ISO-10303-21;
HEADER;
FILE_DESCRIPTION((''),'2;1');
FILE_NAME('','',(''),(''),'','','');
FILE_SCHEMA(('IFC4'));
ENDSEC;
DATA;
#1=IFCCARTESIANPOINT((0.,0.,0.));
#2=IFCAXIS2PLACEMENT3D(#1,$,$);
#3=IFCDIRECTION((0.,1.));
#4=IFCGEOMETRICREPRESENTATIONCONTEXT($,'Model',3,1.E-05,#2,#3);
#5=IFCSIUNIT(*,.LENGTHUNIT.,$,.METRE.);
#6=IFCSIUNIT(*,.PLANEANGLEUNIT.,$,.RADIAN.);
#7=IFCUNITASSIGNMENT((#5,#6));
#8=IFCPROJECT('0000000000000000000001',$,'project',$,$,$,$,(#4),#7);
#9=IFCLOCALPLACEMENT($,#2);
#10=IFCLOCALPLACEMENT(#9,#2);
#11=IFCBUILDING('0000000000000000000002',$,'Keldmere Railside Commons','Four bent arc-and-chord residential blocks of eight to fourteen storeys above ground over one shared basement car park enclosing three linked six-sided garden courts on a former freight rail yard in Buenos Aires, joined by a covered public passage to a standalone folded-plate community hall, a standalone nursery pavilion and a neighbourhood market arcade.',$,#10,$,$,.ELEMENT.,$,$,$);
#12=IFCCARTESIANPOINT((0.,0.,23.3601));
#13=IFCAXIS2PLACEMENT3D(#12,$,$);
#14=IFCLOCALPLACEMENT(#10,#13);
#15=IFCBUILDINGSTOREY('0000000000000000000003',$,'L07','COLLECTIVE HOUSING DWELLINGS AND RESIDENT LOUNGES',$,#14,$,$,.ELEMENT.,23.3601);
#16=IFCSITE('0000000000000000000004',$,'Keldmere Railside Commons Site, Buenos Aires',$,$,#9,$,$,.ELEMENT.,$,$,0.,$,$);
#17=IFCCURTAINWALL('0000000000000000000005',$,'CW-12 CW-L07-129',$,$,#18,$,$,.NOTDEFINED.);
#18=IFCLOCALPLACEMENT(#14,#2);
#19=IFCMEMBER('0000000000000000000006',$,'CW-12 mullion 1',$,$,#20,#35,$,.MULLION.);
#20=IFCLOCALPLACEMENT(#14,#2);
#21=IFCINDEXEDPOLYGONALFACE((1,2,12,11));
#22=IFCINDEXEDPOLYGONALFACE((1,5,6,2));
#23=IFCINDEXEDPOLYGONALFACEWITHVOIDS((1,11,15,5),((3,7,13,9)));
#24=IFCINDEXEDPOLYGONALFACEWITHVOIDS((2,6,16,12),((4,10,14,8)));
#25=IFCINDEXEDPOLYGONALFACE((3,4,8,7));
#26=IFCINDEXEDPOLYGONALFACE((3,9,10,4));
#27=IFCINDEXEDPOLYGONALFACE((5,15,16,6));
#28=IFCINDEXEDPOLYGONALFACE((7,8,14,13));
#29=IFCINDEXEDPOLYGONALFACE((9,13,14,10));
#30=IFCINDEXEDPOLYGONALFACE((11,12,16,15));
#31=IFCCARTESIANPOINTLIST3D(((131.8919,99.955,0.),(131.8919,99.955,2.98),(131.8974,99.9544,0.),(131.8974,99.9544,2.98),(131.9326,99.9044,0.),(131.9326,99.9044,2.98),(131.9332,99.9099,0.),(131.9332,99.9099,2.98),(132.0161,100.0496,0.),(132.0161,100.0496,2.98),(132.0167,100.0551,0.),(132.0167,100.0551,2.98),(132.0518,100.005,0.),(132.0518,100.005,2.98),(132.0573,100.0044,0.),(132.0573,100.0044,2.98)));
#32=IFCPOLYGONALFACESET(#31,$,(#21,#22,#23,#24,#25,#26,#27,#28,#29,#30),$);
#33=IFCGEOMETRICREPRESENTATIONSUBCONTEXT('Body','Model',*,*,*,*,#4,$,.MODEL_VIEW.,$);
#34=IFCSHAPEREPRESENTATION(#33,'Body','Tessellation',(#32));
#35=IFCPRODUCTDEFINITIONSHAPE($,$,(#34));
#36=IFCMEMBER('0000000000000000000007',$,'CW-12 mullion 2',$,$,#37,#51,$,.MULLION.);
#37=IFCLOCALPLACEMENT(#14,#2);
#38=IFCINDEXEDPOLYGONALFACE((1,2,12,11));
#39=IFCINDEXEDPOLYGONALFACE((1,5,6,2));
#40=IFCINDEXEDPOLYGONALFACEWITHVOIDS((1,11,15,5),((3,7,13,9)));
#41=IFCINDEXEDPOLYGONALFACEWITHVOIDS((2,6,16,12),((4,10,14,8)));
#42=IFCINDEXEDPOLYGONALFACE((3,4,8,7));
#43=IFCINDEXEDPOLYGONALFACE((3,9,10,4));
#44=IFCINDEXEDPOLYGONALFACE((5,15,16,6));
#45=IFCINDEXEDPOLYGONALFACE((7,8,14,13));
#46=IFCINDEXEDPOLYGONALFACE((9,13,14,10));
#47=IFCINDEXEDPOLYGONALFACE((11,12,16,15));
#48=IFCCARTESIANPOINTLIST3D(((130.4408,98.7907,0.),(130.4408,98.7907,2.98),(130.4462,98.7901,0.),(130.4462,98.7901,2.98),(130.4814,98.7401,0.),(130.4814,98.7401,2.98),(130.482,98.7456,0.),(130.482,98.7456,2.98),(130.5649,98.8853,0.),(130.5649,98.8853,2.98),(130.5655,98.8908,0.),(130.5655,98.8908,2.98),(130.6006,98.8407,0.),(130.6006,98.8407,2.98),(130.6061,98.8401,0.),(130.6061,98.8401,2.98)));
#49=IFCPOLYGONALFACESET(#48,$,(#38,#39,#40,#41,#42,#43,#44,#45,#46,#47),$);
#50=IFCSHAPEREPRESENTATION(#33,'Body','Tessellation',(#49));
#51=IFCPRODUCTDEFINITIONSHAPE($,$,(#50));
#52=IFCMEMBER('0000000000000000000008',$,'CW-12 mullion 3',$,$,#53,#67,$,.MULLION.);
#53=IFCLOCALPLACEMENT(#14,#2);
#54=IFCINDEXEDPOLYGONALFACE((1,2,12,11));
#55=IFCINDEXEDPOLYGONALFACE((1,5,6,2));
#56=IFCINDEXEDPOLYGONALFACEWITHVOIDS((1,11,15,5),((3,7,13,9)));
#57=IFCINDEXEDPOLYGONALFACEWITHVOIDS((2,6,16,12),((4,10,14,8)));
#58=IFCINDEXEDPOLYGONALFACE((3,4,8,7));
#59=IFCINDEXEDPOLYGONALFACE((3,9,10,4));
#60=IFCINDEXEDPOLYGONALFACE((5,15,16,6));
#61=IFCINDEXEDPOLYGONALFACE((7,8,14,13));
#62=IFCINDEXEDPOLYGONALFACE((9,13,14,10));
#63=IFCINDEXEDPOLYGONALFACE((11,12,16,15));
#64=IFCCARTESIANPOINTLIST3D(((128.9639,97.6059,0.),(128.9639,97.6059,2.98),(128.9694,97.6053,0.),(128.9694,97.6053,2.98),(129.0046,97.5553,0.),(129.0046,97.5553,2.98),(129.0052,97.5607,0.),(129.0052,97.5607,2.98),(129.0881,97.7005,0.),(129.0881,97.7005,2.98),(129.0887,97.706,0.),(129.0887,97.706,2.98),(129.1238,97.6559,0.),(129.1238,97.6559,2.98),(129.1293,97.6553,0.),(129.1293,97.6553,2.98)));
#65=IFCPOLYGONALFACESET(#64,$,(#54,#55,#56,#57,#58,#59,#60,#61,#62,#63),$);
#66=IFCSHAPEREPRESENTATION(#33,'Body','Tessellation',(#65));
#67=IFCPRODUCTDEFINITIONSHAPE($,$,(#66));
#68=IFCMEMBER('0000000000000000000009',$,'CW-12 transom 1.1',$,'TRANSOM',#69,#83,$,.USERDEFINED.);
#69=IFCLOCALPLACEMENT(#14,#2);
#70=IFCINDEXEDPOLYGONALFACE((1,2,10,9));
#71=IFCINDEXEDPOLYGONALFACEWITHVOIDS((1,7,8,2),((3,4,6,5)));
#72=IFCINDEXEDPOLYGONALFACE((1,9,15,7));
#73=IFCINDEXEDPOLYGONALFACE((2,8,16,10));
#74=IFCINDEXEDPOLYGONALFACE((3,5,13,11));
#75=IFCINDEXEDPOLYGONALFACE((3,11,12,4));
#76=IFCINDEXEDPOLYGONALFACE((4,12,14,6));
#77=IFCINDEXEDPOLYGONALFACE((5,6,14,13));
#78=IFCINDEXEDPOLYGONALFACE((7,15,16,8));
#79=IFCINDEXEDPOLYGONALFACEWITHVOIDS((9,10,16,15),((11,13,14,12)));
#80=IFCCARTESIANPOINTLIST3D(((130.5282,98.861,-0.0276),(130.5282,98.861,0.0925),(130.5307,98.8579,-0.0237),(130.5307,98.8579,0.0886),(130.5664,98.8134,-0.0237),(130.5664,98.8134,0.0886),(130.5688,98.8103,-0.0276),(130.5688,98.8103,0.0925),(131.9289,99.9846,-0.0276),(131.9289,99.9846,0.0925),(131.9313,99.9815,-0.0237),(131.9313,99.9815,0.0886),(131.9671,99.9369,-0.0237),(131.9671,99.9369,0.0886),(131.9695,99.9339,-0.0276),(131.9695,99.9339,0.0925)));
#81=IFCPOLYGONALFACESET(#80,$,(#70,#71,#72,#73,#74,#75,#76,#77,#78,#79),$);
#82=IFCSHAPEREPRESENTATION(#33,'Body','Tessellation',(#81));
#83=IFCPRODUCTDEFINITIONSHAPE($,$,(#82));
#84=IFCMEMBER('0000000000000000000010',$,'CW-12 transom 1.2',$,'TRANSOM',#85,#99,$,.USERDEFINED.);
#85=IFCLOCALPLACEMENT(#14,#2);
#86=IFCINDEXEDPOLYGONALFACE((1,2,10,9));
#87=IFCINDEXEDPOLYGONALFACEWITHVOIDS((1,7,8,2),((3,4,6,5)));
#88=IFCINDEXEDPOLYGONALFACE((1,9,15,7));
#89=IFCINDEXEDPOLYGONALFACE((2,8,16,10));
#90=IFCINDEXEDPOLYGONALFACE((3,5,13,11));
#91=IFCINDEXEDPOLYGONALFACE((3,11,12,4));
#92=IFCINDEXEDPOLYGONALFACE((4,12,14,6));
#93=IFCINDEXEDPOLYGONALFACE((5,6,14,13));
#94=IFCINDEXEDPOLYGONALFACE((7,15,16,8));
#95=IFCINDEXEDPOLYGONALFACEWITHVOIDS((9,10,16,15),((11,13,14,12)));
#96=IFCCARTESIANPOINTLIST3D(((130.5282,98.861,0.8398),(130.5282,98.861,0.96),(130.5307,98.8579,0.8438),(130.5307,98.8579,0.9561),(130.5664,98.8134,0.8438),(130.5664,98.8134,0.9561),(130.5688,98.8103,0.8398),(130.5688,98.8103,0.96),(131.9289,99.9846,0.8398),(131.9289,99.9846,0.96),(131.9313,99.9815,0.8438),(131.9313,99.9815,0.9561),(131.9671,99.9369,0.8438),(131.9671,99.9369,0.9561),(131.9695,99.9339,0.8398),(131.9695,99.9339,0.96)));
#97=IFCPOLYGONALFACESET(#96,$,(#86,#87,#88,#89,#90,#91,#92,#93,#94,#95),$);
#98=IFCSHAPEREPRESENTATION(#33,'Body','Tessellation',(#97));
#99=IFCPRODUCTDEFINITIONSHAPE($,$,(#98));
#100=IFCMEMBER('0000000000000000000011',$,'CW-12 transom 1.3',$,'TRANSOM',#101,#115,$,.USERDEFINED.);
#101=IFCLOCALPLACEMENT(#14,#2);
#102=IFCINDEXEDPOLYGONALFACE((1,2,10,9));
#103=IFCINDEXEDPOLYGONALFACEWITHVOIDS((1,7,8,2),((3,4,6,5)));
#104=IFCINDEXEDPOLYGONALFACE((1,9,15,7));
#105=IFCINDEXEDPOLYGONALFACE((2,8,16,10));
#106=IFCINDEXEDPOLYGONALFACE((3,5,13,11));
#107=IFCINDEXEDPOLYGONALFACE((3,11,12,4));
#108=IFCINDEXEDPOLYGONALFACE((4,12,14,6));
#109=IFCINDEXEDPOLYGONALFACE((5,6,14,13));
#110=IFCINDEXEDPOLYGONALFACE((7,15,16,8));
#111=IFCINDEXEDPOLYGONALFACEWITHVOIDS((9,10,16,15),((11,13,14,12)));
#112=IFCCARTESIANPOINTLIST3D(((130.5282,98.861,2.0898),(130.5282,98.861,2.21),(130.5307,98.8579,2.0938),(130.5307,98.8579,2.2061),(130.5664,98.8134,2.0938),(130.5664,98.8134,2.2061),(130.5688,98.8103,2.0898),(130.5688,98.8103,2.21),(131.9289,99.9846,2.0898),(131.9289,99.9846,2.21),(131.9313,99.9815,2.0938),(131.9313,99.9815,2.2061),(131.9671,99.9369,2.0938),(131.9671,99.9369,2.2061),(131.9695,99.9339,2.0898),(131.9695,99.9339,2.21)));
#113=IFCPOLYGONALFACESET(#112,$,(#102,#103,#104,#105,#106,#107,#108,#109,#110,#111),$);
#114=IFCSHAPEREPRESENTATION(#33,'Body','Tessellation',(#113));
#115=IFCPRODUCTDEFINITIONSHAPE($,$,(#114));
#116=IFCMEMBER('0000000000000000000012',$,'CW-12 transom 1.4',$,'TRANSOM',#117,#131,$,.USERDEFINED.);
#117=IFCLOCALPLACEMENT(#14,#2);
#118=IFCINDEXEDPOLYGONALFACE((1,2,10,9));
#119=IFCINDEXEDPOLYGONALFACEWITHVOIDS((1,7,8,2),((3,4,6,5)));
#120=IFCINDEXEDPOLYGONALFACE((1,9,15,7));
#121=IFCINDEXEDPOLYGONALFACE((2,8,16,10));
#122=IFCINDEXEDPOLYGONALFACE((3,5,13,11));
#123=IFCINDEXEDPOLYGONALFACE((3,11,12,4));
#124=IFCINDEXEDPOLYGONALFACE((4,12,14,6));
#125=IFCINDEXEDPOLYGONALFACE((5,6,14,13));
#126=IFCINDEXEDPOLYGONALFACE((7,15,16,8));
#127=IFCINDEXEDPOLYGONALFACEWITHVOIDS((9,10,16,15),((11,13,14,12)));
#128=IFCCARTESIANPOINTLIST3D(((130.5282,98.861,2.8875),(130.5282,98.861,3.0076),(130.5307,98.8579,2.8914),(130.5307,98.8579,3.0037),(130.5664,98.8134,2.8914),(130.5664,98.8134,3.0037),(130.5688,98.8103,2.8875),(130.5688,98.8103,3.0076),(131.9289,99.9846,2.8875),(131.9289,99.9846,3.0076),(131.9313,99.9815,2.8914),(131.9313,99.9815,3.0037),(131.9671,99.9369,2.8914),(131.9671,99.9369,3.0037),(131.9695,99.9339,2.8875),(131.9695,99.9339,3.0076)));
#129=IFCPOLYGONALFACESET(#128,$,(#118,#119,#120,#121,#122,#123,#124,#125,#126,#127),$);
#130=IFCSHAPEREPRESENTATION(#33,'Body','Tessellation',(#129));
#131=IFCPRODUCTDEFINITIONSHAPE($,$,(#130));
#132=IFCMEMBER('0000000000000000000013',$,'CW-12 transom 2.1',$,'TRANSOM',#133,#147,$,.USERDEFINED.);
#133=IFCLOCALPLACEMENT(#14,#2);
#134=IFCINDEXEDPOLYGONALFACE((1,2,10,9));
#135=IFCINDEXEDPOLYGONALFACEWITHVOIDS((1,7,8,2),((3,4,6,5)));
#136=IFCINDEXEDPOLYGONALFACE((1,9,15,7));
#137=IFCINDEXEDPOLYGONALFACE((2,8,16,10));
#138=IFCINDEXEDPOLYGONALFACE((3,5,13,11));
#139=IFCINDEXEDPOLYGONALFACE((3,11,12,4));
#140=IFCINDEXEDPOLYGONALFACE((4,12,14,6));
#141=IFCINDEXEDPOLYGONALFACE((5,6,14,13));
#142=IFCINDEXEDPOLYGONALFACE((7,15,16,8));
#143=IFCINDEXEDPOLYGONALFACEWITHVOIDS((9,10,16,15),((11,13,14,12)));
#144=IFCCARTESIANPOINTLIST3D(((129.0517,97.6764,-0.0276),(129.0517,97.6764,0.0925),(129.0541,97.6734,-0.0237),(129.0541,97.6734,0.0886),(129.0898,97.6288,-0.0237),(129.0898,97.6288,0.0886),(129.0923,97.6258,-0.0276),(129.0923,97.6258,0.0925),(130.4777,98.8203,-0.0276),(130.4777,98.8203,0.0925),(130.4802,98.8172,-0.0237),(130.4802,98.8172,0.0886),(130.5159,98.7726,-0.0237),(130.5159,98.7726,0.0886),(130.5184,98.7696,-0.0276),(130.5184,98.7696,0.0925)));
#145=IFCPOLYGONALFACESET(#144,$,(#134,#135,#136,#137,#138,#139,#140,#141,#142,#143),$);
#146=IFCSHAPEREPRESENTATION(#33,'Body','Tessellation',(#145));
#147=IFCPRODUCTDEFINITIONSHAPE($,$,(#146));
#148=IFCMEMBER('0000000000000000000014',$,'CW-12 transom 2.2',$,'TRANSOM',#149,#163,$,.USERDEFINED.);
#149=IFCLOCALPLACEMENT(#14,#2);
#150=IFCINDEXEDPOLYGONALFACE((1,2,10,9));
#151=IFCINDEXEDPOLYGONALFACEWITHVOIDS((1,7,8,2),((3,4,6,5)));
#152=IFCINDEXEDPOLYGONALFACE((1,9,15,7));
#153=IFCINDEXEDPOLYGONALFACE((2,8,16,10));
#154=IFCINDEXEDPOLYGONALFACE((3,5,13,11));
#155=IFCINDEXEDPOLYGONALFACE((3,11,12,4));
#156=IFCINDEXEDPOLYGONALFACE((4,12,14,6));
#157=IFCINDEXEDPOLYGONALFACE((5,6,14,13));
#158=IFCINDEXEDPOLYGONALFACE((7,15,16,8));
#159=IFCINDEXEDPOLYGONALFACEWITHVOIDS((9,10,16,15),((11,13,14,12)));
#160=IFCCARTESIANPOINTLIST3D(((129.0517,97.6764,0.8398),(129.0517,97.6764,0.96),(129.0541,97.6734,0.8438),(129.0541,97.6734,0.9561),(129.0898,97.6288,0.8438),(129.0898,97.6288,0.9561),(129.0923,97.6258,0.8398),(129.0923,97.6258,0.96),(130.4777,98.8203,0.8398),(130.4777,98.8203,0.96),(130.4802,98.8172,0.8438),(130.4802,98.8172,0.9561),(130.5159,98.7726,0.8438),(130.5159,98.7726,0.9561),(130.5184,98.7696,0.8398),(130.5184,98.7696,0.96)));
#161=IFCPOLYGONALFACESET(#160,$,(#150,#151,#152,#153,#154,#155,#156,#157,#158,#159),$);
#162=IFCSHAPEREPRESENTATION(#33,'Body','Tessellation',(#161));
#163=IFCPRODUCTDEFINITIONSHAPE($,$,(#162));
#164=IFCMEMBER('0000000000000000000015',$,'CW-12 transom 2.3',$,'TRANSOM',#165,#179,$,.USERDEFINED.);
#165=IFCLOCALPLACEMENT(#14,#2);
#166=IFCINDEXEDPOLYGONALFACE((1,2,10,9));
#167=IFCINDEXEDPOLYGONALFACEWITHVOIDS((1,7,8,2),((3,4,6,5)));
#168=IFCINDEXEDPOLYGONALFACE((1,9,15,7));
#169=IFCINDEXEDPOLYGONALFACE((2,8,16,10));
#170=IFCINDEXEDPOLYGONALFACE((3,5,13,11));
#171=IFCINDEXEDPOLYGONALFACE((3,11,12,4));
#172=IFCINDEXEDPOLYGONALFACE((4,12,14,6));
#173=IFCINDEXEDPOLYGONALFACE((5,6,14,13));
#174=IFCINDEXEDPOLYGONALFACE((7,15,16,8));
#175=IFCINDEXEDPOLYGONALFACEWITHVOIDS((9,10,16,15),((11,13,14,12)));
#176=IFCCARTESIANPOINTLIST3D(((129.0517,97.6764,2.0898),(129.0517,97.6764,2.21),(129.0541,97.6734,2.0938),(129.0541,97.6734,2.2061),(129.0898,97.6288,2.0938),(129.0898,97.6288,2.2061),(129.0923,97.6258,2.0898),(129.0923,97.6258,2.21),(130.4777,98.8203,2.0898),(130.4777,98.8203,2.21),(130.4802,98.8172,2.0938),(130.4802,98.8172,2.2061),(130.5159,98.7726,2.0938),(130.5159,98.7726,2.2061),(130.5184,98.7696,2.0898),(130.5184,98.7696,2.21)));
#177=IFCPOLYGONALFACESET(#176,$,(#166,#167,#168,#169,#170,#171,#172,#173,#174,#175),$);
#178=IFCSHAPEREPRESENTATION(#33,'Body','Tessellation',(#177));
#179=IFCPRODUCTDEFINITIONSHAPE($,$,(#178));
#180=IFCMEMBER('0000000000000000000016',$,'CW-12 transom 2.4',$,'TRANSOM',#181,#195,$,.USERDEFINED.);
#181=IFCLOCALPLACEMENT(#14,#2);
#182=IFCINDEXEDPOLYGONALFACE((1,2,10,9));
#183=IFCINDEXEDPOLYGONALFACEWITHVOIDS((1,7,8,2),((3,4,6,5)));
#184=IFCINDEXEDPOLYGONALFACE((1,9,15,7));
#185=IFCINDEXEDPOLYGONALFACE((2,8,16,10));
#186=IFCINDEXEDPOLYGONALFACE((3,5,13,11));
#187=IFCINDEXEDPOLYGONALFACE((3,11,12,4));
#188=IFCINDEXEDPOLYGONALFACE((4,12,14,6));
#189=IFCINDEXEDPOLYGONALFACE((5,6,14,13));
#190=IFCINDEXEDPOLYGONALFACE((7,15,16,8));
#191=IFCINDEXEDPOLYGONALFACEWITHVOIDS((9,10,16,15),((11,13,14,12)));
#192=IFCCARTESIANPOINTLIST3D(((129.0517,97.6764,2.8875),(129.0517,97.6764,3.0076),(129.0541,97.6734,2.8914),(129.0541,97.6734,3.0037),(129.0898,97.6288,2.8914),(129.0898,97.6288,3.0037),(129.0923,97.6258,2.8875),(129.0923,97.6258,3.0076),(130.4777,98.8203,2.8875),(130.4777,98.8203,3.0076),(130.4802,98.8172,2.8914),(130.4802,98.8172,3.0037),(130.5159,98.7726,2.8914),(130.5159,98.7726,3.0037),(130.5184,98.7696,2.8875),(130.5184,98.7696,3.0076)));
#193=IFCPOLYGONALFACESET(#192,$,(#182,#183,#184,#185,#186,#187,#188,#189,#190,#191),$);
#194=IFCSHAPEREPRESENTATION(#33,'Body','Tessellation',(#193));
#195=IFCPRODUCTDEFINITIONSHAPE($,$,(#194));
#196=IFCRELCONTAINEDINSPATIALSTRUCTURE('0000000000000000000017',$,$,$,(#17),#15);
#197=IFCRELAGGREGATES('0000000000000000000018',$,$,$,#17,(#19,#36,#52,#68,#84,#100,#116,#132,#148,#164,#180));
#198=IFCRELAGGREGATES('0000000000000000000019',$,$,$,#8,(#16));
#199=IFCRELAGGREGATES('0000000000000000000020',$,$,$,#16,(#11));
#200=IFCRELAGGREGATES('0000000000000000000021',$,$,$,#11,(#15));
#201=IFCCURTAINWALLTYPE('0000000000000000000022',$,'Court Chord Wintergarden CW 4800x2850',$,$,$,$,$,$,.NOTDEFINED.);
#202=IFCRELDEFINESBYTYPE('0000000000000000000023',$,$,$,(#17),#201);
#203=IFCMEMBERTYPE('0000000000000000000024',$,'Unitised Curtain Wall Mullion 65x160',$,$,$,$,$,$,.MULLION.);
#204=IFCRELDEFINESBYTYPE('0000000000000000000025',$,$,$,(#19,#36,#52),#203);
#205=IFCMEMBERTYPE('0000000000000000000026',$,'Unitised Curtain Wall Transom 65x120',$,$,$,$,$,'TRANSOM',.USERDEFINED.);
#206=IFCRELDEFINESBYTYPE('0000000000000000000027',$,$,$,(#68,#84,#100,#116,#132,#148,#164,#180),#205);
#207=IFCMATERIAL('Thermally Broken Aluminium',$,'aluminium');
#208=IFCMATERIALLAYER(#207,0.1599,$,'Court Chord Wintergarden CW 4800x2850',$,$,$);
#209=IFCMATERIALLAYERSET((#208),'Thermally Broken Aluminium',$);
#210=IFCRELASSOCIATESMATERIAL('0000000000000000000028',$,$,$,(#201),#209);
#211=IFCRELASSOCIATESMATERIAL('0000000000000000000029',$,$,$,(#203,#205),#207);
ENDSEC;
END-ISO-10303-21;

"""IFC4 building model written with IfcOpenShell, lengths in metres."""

from ifc_helpers import new_model, si_unit, direction, frame, origin, origin_2d, place, context, subcontext, project, spatial, hollow_rectangle, extrude, material, layer, layer_set, material_profile, profile_set, type_object, element, aggregate, save


model = new_model("IFC4")

# Units and contexts
model_context = context("Model", 3, precision=1e-05, world=origin(), true_north=direction((0.0, 1.0)))
body_context = subcontext(model_context, "Body", "Model", "MODEL_VIEW")
ifc_project = project(units=[si_unit("LENGTHUNIT", "METRE"), si_unit("PLANEANGLEUNIT", "RADIAN")], contexts=[model_context])

# Site, building, storey
site_placement = place(None, origin())
site = spatial("IfcSite", under=ifc_project, at=site_placement, Name="Keldmere Railside Commons Site, Buenos Aires", CompositionType="ELEMENT", RefElevation=0.0)
building_placement = place(site_placement, origin())
building = spatial("IfcBuilding", under=site, at=building_placement, Name="Keldmere Railside Commons", Description="Four bent arc-and-chord residential blocks of eight to fourteen storeys above ground over one shared basement car park enclosing three linked six-sided garden courts on a former freight rail yard in Buenos Aires, joined by a covered public passage to a standalone folded-plate community hall, a standalone nursery pavilion and a neighbourhood market arcade.", CompositionType="ELEMENT")
storey_placement = place(building_placement, frame((0.0, 0.0, 23.3601)))
storey = spatial("IfcBuildingStorey", under=building, at=storey_placement, Name="L07", Description="COLLECTIVE HOUSING DWELLINGS AND RESIDENT LOUNGES", CompositionType="ELEMENT", Elevation=23.3601)

# Curtain wall, members
ifc_material_1 = material(Name="Thermally Broken Aluminium", Category="aluminium")
ifc_layer_1 = layer(ifc_material_1, 0.1599, Name="Court Chord Wintergarden CW 4800x2850")
ifc_layer_set_1 = layer_set([ifc_layer_1], Name="Thermally Broken Aluminium")
curtain_wall_type = type_object("IfcCurtainWallType", Name="Court Chord Wintergarden CW 4800x2850", PredefinedType="NOTDEFINED", material=ifc_layer_set_1)
curtain_wall_placement = place(storey_placement, origin())
curtain_wall = element("IfcCurtainWall", 1, at=curtain_wall_placement, inside=storey, type_object=curtain_wall_type, Name="CW-12 CW-L07-129", PredefinedType="NOTDEFINED")
ifc_material_profile_1 = material_profile(ifc_material_1, hollow_rectangle(XDim=0.0649, YDim=0.1599, WallThickness=0.0039, at=origin_2d()), Name="ALU-MULL-65x160")
ifc_profile_set_1 = profile_set([ifc_material_profile_1], Name="Thermally Broken Aluminium")
member_type_1 = type_object("IfcMemberType", Name="Unitised Curtain Wall Mullion 65x160", PredefinedType="MULLION", material=ifc_profile_set_1)
member_1_placement = place(storey_placement, frame((131.9746, 99.9797, 0.0), z_axis=(0.0, 0.0, 1.0), x_axis=(0.625768, -0.780009, 0.0)))
member_1 = element("IfcMember", 2, at=member_1_placement, type_object=member_type_1, Name="CW-12 mullion 1", PredefinedType="MULLION", context=body_context, shape_type="SweptSolid", body=[
    extrude(hollow_rectangle(XDim=0.0649, YDim=0.1599, WallThickness=0.0039, at=origin_2d()), origin(), (0.0, 0.0, 1.0), 2.98),
])
member_2_placement = place(storey_placement, frame((130.5234, 98.8154, 0.0), z_axis=(0.0, 0.0, 1.0), x_axis=(0.625768, -0.780009, 0.0)))
member_2 = element("IfcMember", 3, at=member_2_placement, type_object=member_type_1, Name="CW-12 mullion 2", PredefinedType="MULLION", context=body_context, shape_type="SweptSolid", body=[
    extrude(hollow_rectangle(XDim=0.0649, YDim=0.1599, WallThickness=0.0039, at=origin_2d()), origin(), (0.0, 0.0, 1.0), 2.98),
])
member_3_placement = place(storey_placement, frame((129.0466, 97.6306, 0.0), z_axis=(0.0, 0.0, 1.0), x_axis=(0.625768, -0.780009, 0.0)))
member_3 = element("IfcMember", 4, at=member_3_placement, type_object=member_type_1, Name="CW-12 mullion 3", PredefinedType="MULLION", context=body_context, shape_type="SweptSolid", body=[
    extrude(hollow_rectangle(XDim=0.0649, YDim=0.1599, WallThickness=0.0039, at=origin_2d()), origin(), (0.0, 0.0, 1.0), 2.98),
])
ifc_material_profile_2 = material_profile(ifc_material_1, hollow_rectangle(XDim=0.0649, YDim=0.1201, WallThickness=0.0039, at=origin_2d()), Name="ALU-TRAN-65x120")
ifc_profile_set_2 = profile_set([ifc_material_profile_2], Name="Thermally Broken Aluminium")
member_type_2 = type_object("IfcMemberType", Name="Unitised Curtain Wall Transom 65x120", ElementType="TRANSOM", PredefinedType="USERDEFINED", material=ifc_profile_set_2)
member_4_placement = place(storey_placement, frame((131.9492, 99.9592, 0.0325), z_axis=(-0.780046, -0.625723, 0.0), x_axis=(0.625723, -0.780046, 0.0)))
member_4 = element("IfcMember", 5, at=member_4_placement, type_object=member_type_2, Name="CW-12 transom 1.1", ObjectType="TRANSOM", PredefinedType="USERDEFINED", context=body_context, shape_type="SweptSolid", body=[
    extrude(hollow_rectangle(XDim=0.0649, YDim=0.1201, WallThickness=0.0039, at=origin_2d()), origin(), (0.0, 0.0, 1.0), 1.7957),
])
member_5_placement = place(storey_placement, frame((131.9492, 99.9592, 0.8999), z_axis=(-0.780046, -0.625723, 0.0), x_axis=(0.625723, -0.780046, 0.0)))
member_5 = element("IfcMember", 6, at=member_5_placement, type_object=member_type_2, Name="CW-12 transom 1.2", ObjectType="TRANSOM", PredefinedType="USERDEFINED", context=body_context, shape_type="SweptSolid", body=[
    extrude(hollow_rectangle(XDim=0.0649, YDim=0.1201, WallThickness=0.0039, at=origin_2d()), origin(), (0.0, 0.0, 1.0), 1.7957),
])
member_6_placement = place(storey_placement, frame((131.9492, 99.9592, 2.1499), z_axis=(-0.780046, -0.625723, 0.0), x_axis=(0.625723, -0.780046, 0.0)))
member_6 = element("IfcMember", 7, at=member_6_placement, type_object=member_type_2, Name="CW-12 transom 1.3", ObjectType="TRANSOM", PredefinedType="USERDEFINED", context=body_context, shape_type="SweptSolid", body=[
    extrude(hollow_rectangle(XDim=0.0649, YDim=0.1201, WallThickness=0.0039, at=origin_2d()), origin(), (0.0, 0.0, 1.0), 1.7957),
])
member_7_placement = place(storey_placement, frame((131.9492, 99.9592, 2.9475), z_axis=(-0.780046, -0.625723, 0.0), x_axis=(0.625723, -0.780046, 0.0)))
member_7 = element("IfcMember", 8, at=member_7_placement, type_object=member_type_2, Name="CW-12 transom 1.4", ObjectType="TRANSOM", PredefinedType="USERDEFINED", context=body_context, shape_type="SweptSolid", body=[
    extrude(hollow_rectangle(XDim=0.0649, YDim=0.1201, WallThickness=0.0039, at=origin_2d()), origin(), (0.0, 0.0, 1.0), 1.7957),
])
member_8_placement = place(storey_placement, frame((130.498, 98.7949, 0.0325), z_axis=(-0.780073, -0.625688, 0.0), x_axis=(0.625688, -0.780073, 0.0)))
member_8 = element("IfcMember", 9, at=member_8_placement, type_object=member_type_2, Name="CW-12 transom 2.1", ObjectType="TRANSOM", PredefinedType="USERDEFINED", context=body_context, shape_type="SweptSolid", body=[
    extrude(hollow_rectangle(XDim=0.0649, YDim=0.1201, WallThickness=0.0039, at=origin_2d()), origin(), (0.0, 0.0, 1.0), 1.8281),
])
member_9_placement = place(storey_placement, frame((130.498, 98.7949, 0.8999), z_axis=(-0.780073, -0.625688, 0.0), x_axis=(0.625688, -0.780073, 0.0)))
member_9 = element("IfcMember", 10, at=member_9_placement, type_object=member_type_2, Name="CW-12 transom 2.2", ObjectType="TRANSOM", PredefinedType="USERDEFINED", context=body_context, shape_type="SweptSolid", body=[
    extrude(hollow_rectangle(XDim=0.0649, YDim=0.1201, WallThickness=0.0039, at=origin_2d()), origin(), (0.0, 0.0, 1.0), 1.8281),
])
member_10_placement = place(storey_placement, frame((130.498, 98.7949, 2.1499), z_axis=(-0.780073, -0.625688, 0.0), x_axis=(0.625688, -0.780073, 0.0)))
member_10 = element("IfcMember", 11, at=member_10_placement, type_object=member_type_2, Name="CW-12 transom 2.3", ObjectType="TRANSOM", PredefinedType="USERDEFINED", context=body_context, shape_type="SweptSolid", body=[
    extrude(hollow_rectangle(XDim=0.0649, YDim=0.1201, WallThickness=0.0039, at=origin_2d()), origin(), (0.0, 0.0, 1.0), 1.8281),
])
member_11_placement = place(storey_placement, frame((130.498, 98.7949, 2.9475), z_axis=(-0.780073, -0.625688, 0.0), x_axis=(0.625688, -0.780073, 0.0)))
member_11 = element("IfcMember", 12, at=member_11_placement, type_object=member_type_2, Name="CW-12 transom 2.4", ObjectType="TRANSOM", PredefinedType="USERDEFINED", context=body_context, shape_type="SweptSolid", body=[
    extrude(hollow_rectangle(XDim=0.0649, YDim=0.1201, WallThickness=0.0039, at=origin_2d()), origin(), (0.0, 0.0, 1.0), 1.8281),
])
aggregate(curtain_wall, [member_1, member_2, member_3, member_4, member_5, member_6, member_7, member_8, member_9, member_10, member_11])

save(model, "model.ifc")
